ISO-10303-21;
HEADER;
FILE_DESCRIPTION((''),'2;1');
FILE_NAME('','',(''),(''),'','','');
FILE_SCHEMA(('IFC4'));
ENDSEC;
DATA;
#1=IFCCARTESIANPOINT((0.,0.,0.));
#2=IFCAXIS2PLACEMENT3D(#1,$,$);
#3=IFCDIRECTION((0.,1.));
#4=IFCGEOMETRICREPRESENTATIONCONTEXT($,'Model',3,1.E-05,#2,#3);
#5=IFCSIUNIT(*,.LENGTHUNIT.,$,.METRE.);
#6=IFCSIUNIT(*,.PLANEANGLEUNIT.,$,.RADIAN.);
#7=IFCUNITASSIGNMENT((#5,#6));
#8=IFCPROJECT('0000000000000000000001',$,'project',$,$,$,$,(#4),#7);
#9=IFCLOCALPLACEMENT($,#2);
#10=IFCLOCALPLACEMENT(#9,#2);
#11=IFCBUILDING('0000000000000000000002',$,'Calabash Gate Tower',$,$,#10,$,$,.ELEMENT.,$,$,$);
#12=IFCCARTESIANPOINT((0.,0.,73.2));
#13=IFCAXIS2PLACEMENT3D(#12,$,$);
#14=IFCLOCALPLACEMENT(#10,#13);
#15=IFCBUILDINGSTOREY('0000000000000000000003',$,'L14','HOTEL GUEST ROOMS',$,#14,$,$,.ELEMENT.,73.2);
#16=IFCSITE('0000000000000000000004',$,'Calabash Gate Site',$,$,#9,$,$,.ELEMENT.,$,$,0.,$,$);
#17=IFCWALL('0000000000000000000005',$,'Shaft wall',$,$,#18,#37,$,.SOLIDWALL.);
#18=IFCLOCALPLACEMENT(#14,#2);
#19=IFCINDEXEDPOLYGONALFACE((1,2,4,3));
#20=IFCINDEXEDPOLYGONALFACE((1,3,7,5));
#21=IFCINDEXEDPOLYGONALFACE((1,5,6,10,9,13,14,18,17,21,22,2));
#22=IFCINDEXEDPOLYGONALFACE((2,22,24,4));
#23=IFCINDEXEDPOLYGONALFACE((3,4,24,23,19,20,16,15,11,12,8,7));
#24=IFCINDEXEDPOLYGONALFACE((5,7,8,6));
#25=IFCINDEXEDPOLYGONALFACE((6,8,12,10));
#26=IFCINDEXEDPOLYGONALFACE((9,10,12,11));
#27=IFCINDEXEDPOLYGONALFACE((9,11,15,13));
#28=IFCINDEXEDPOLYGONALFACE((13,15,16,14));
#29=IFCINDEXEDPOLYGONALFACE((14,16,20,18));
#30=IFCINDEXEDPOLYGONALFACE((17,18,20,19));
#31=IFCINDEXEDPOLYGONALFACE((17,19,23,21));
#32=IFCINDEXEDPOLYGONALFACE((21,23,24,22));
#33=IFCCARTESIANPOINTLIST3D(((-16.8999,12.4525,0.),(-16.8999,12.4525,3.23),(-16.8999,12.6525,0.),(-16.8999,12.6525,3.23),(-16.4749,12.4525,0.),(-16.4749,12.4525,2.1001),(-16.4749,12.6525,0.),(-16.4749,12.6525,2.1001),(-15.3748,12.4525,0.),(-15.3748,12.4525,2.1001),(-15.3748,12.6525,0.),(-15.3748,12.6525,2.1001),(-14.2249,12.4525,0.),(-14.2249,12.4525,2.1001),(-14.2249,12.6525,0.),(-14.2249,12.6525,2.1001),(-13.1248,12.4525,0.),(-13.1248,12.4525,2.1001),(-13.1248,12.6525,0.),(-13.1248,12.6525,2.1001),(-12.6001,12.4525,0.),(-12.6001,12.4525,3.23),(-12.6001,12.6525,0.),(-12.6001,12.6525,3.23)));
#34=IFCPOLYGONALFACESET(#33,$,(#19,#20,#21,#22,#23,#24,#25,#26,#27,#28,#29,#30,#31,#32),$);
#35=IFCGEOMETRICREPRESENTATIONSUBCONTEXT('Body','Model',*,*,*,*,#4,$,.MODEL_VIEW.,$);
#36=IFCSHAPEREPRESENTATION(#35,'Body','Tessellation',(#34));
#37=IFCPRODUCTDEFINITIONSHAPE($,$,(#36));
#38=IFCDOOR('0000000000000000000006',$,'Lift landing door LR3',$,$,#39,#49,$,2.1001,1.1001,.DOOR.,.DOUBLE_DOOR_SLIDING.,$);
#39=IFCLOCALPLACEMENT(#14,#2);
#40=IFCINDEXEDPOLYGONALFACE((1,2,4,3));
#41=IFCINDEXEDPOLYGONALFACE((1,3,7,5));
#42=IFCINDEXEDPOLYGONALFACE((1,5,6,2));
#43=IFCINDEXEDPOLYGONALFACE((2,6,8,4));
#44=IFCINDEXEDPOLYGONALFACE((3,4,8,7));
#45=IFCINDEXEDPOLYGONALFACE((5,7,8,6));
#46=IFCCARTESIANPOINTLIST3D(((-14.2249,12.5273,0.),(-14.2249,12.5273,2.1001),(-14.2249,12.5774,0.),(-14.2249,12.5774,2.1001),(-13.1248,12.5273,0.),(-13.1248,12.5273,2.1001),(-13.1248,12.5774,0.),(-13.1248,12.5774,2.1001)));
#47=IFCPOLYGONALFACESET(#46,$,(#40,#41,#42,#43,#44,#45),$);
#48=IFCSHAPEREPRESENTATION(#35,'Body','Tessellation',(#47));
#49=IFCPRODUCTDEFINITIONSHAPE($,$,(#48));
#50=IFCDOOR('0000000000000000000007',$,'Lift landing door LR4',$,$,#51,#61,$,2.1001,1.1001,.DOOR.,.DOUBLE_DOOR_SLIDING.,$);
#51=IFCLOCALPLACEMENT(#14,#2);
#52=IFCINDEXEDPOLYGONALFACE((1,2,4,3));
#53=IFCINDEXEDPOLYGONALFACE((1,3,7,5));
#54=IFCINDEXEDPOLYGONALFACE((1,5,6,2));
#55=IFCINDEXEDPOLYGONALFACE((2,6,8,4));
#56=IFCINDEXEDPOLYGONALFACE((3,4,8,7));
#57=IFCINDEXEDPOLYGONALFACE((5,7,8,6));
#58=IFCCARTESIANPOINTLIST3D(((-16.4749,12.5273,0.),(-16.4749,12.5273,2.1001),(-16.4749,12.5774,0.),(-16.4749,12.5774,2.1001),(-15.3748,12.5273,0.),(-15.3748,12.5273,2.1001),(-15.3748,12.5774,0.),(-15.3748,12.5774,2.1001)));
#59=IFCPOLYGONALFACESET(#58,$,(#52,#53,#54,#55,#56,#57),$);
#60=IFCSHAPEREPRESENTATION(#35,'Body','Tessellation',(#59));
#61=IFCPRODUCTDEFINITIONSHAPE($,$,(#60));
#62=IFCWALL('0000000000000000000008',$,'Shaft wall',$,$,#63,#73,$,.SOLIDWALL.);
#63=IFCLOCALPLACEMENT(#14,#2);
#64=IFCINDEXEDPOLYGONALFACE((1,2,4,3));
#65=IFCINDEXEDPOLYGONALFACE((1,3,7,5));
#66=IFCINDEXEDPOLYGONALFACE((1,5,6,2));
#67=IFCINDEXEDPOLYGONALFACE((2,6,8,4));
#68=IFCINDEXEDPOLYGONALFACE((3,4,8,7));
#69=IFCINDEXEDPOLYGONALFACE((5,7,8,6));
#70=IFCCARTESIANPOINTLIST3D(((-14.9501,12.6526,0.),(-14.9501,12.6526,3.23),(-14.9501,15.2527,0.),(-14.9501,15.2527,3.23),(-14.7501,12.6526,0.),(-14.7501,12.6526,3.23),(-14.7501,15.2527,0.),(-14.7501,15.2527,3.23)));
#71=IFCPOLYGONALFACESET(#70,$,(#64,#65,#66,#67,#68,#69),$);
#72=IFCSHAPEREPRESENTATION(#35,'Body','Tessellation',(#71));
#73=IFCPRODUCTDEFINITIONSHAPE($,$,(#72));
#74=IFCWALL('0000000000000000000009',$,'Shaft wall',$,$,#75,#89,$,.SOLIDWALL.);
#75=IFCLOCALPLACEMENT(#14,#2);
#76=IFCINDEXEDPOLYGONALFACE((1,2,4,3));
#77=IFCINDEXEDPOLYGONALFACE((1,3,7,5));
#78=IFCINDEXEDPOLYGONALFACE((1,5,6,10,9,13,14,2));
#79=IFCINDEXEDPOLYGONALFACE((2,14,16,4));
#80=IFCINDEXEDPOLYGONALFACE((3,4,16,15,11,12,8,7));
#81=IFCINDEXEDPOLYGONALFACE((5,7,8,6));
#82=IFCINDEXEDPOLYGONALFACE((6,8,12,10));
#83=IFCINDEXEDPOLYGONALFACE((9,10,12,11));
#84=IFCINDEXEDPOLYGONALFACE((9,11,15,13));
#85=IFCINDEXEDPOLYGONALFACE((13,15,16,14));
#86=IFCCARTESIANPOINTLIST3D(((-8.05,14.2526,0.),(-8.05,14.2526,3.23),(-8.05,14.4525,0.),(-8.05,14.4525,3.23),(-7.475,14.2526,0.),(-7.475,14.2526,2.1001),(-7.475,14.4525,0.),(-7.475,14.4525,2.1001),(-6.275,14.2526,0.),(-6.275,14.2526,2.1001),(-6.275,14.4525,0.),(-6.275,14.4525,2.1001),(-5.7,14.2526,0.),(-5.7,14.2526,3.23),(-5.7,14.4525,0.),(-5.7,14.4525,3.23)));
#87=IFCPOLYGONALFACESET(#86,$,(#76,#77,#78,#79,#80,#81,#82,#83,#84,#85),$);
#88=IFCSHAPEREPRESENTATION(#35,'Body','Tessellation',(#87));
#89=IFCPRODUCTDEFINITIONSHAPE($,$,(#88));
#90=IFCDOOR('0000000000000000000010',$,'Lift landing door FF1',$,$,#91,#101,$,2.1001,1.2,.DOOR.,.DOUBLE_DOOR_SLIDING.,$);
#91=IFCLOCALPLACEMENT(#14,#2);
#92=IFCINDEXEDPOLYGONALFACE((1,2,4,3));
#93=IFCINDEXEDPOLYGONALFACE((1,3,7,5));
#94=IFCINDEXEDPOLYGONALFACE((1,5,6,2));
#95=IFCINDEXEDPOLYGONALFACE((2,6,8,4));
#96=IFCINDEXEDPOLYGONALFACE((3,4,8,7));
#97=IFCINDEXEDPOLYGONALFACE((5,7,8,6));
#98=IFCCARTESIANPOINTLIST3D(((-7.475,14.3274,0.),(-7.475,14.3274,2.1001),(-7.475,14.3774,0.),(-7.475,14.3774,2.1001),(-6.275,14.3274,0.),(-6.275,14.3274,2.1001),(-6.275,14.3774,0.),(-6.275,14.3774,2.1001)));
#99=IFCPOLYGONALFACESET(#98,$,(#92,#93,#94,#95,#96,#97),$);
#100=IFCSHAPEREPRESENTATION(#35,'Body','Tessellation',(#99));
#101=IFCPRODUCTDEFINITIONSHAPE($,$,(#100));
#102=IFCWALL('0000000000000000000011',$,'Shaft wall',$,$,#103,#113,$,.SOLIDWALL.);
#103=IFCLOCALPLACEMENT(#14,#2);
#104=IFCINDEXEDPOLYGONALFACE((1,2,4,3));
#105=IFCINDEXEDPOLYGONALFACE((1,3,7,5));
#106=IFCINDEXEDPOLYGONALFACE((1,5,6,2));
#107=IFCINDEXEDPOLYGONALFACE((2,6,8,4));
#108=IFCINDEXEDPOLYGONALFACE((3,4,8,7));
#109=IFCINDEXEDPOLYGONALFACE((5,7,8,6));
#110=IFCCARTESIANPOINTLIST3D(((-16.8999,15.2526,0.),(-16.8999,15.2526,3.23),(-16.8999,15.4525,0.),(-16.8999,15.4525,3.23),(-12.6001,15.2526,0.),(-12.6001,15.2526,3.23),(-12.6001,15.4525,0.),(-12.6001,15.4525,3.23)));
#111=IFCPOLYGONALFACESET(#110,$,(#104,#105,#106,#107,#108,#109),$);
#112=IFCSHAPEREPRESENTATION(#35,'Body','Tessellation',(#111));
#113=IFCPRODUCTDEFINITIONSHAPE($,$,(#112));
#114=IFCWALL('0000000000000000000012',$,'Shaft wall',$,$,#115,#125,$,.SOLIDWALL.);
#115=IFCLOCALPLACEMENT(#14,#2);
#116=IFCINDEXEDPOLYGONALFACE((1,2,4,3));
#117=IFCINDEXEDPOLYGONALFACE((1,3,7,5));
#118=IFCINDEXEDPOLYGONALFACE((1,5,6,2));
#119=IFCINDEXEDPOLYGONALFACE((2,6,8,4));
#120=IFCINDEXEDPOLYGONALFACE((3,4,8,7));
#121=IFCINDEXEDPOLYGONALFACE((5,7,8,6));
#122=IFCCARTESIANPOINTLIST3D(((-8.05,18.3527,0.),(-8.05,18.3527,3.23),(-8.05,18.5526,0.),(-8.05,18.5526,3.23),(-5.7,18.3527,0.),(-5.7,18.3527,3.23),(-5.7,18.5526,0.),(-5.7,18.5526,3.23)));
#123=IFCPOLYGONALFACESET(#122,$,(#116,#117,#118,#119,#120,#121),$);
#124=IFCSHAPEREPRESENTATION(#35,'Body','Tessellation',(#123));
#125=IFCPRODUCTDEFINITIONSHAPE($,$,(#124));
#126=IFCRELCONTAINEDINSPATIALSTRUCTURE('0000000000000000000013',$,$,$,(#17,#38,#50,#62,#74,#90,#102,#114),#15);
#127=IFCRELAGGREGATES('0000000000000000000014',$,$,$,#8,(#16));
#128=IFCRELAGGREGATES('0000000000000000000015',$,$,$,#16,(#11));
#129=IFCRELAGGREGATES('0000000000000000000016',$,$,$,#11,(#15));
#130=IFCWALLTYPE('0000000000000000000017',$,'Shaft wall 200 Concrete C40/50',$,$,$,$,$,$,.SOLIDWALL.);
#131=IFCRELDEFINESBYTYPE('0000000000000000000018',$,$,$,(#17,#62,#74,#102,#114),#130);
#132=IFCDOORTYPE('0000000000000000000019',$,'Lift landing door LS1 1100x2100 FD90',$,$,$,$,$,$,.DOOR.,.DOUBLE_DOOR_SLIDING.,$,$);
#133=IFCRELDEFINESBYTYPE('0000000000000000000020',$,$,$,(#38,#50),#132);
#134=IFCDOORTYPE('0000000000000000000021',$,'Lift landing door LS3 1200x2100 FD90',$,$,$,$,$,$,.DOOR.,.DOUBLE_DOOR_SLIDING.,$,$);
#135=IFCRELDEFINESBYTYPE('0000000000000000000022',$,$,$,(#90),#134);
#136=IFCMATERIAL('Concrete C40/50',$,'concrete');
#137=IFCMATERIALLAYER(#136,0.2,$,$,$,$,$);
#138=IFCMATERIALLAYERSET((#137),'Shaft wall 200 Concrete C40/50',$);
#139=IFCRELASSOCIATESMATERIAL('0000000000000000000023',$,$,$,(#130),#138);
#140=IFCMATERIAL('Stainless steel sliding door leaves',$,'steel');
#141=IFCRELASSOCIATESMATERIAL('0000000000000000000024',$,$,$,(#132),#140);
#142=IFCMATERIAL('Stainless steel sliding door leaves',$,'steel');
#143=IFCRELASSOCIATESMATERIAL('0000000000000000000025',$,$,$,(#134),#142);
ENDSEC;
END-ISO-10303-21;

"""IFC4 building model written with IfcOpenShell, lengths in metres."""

from ifc_helpers import new_model, si_unit, direction, frame, frame_2d, origin, place, context, subcontext, project, spatial, rectangle, extrude, material, layer, layer_set, type_object, element, fill, save


model = new_model("IFC4")

# Units and contexts
model_context = context("Model", 3, precision=1e-05, world=origin(), true_north=direction((0.0, 1.0)))
body_context = subcontext(model_context, "Body", "Model", "MODEL_VIEW")
ifc_project = project(units=[si_unit("LENGTHUNIT", "METRE"), si_unit("PLANEANGLEUNIT", "RADIAN")], contexts=[model_context])

# Site, building, storey
site_placement = place(None, origin())
site = spatial("IfcSite", under=ifc_project, at=site_placement, Name="Calabash Gate Site", CompositionType="ELEMENT", RefElevation=0.0)
building_placement = place(site_placement, origin())
building = spatial("IfcBuilding", under=site, at=building_placement, Name="Calabash Gate Tower", CompositionType="ELEMENT")
storey_placement = place(building_placement, frame((0.0, 0.0, 73.2)))
storey = spatial("IfcBuildingStorey", under=building, at=storey_placement, Name="L14", Description="HOTEL GUEST ROOMS", CompositionType="ELEMENT", Elevation=73.2)

# Shared definitions
ifc_material_1 = material(Name="Concrete C40/50", Category="concrete")
ifc_layer_1 = layer(ifc_material_1, 0.2)
ifc_layer_set_1 = layer_set([ifc_layer_1], Name="Shaft wall 200 Concrete C40/50")
wall_type_1 = type_object("IfcWallType", Name="Shaft wall 200 Concrete C40/50", PredefinedType="SOLIDWALL", material=ifc_layer_set_1)

# Wall, openings, doors
wall_1_placement = place(storey_placement, frame((-16.8999, 12.5525, 0.0), z_axis=(0.0, 0.0, 1.0), x_axis=(1.0, 0.0, 0.0)))
wall_1 = element("IfcWall", 1, at=wall_1_placement, inside=storey, type_object=wall_type_1, Name="Shaft wall", PredefinedType="SOLIDWALL", context=body_context, shape_type="SweptSolid", body=[
    extrude(rectangle(XDim=4.2998, YDim=0.2, at=frame_2d((2.1499, 0.0))), origin(), (0.0, 0.0, 1.0), 3.23),
])
opening_1_placement = place(wall_1_placement, frame((2.675, 0.0, 0.0)))
opening_1 = element("IfcOpeningElement", 2, at=opening_1_placement, cuts=wall_1, PredefinedType="OPENING", context=body_context, shape_type="SweptSolid", body=[
    extrude(rectangle(XDim=1.1001, YDim=2.1001, at=frame_2d((0.55, 1.05))), frame((0.0, 0.1099, 0.0), z_axis=(0.0, -1.0, 0.0), x_axis=(1.0, 0.0, 0.0)), (0.0, 0.0, 1.0), 0.22),
])
opening_2_placement = place(wall_1_placement, frame((0.425, 0.0, 0.0)))
opening_2 = element("IfcOpeningElement", 3, at=opening_2_placement, cuts=wall_1, PredefinedType="OPENING", context=body_context, shape_type="SweptSolid", body=[
    extrude(rectangle(XDim=1.1001, YDim=2.1001, at=frame_2d((0.55, 1.05))), frame((0.0, 0.1099, 0.0), z_axis=(0.0, -1.0, 0.0), x_axis=(1.0, 0.0, 0.0)), (0.0, 0.0, 1.0), 0.22),
])
ifc_material_2 = material(Name="Stainless steel sliding door leaves", Category="steel")
door_type_1 = type_object("IfcDoorType", Name="Lift landing door LS1 1100x2100 FD90", OperationType="DOUBLE_DOOR_SLIDING", PredefinedType="DOOR", material=ifc_material_2)
door_1_placement = place(opening_1_placement, origin())
door_1 = element("IfcDoor", 4, at=door_1_placement, inside=storey, type_object=door_type_1, Name="Lift landing door LR3", OperationType="DOUBLE_DOOR_SLIDING", OverallHeight=2.1001, OverallWidth=1.1001, PredefinedType="DOOR", context=body_context, shape_type="SweptSolid", body=[
    extrude(rectangle(XDim=1.1001, YDim=2.1001, at=frame_2d((0.55, 1.05))), frame((0.0, 0.0249, 0.0), z_axis=(0.0, -1.0, 0.0), x_axis=(1.0, 0.0, 0.0)), (0.0, 0.0, 1.0), 0.05),
])
fill(opening_1, door_1)
door_2_placement = place(opening_2_placement, origin())
door_2 = element("IfcDoor", 5, at=door_2_placement, inside=storey, type_object=door_type_1, Name="Lift landing door LR4", OperationType="DOUBLE_DOOR_SLIDING", OverallHeight=2.1001, OverallWidth=1.1001, PredefinedType="DOOR", context=body_context, shape_type="SweptSolid", body=[
    extrude(rectangle(XDim=1.1001, YDim=2.1001, at=frame_2d((0.55, 1.05))), frame((0.0, 0.0249, 0.0), z_axis=(0.0, -1.0, 0.0), x_axis=(1.0, 0.0, 0.0)), (0.0, 0.0, 1.0), 0.05),
])
fill(opening_2, door_2)

# Wall
wall_2_placement = place(storey_placement, frame((-14.8501, 12.6526, 0.0), z_axis=(0.0, 0.0, 1.0), x_axis=(0.0, 1.0, 0.0)))
element("IfcWall", 6, at=wall_2_placement, inside=storey, type_object=wall_type_1, Name="Shaft wall", PredefinedType="SOLIDWALL", context=body_context, shape_type="SweptSolid", body=[
    extrude(rectangle(XDim=2.6001, YDim=0.2, at=frame_2d((1.3, 0.0))), origin(), (0.0, 0.0, 1.0), 3.23),
])

# Wall, opening, door
wall_3_placement = place(storey_placement, frame((-8.05, 14.3525, 0.0), z_axis=(0.0, 0.0, 1.0), x_axis=(1.0, 0.0, 0.0)))
wall_3 = element("IfcWall", 7, at=wall_3_placement, inside=storey, type_object=wall_type_1, Name="Shaft wall", PredefinedType="SOLIDWALL", context=body_context, shape_type="SweptSolid", body=[
    extrude(rectangle(XDim=2.3501, YDim=0.2, at=frame_2d((1.175, 0.0))), origin(), (0.0, 0.0, 1.0), 3.23),
])
opening_3_placement = place(wall_3_placement, frame((0.575, 0.0, 0.0)))
opening_3 = element("IfcOpeningElement", 8, at=opening_3_placement, cuts=wall_3, PredefinedType="OPENING", context=body_context, shape_type="SweptSolid", body=[
    extrude(rectangle(XDim=1.2, YDim=2.1001, at=frame_2d((0.6001, 1.05))), frame((0.0, 0.1099, 0.0), z_axis=(0.0, -1.0, 0.0), x_axis=(1.0, 0.0, 0.0)), (0.0, 0.0, 1.0), 0.22),
])
ifc_material_3 = material(Name="Stainless steel sliding door leaves", Category="steel")
door_type_2 = type_object("IfcDoorType", Name="Lift landing door LS3 1200x2100 FD90", OperationType="DOUBLE_DOOR_SLIDING", PredefinedType="DOOR", material=ifc_material_3)
door_3_placement = place(opening_3_placement, origin())
door_3 = element("IfcDoor", 9, at=door_3_placement, inside=storey, type_object=door_type_2, Name="Lift landing door FF1", OperationType="DOUBLE_DOOR_SLIDING", OverallHeight=2.1001, OverallWidth=1.2, PredefinedType="DOOR", context=body_context, shape_type="SweptSolid", body=[
    extrude(rectangle(XDim=1.2, YDim=2.1001, at=frame_2d((0.6001, 1.05))), frame((0.0, 0.0249, 0.0), z_axis=(0.0, -1.0, 0.0), x_axis=(1.0, 0.0, 0.0)), (0.0, 0.0, 1.0), 0.05),
])
fill(opening_3, door_3)

# Walls
wall_4_placement = place(storey_placement, frame((-16.8999, 15.3525, 0.0), z_axis=(0.0, 0.0, 1.0), x_axis=(1.0, 0.0, 0.0)))
element("IfcWall", 10, at=wall_4_placement, inside=storey, type_object=wall_type_1, Name="Shaft wall", PredefinedType="SOLIDWALL", context=body_context, shape_type="SweptSolid", body=[
    extrude(rectangle(XDim=4.2998, YDim=0.2, at=frame_2d((2.1499, 0.0))), origin(), (0.0, 0.0, 1.0), 3.23),
])
wall_5_placement = place(storey_placement, frame((-8.05, 18.4526, 0.0), z_axis=(0.0, 0.0, 1.0), x_axis=(1.0, 0.0, 0.0)))
element("IfcWall", 11, at=wall_5_placement, inside=storey, type_object=wall_type_1, Name="Shaft wall", PredefinedType="SOLIDWALL", context=body_context, shape_type="SweptSolid", body=[
    extrude(rectangle(XDim=2.3501, YDim=0.2, at=frame_2d((1.175, 0.0))), origin(), (0.0, 0.0, 1.0), 3.23),
])

save(model, "model.ifc")
